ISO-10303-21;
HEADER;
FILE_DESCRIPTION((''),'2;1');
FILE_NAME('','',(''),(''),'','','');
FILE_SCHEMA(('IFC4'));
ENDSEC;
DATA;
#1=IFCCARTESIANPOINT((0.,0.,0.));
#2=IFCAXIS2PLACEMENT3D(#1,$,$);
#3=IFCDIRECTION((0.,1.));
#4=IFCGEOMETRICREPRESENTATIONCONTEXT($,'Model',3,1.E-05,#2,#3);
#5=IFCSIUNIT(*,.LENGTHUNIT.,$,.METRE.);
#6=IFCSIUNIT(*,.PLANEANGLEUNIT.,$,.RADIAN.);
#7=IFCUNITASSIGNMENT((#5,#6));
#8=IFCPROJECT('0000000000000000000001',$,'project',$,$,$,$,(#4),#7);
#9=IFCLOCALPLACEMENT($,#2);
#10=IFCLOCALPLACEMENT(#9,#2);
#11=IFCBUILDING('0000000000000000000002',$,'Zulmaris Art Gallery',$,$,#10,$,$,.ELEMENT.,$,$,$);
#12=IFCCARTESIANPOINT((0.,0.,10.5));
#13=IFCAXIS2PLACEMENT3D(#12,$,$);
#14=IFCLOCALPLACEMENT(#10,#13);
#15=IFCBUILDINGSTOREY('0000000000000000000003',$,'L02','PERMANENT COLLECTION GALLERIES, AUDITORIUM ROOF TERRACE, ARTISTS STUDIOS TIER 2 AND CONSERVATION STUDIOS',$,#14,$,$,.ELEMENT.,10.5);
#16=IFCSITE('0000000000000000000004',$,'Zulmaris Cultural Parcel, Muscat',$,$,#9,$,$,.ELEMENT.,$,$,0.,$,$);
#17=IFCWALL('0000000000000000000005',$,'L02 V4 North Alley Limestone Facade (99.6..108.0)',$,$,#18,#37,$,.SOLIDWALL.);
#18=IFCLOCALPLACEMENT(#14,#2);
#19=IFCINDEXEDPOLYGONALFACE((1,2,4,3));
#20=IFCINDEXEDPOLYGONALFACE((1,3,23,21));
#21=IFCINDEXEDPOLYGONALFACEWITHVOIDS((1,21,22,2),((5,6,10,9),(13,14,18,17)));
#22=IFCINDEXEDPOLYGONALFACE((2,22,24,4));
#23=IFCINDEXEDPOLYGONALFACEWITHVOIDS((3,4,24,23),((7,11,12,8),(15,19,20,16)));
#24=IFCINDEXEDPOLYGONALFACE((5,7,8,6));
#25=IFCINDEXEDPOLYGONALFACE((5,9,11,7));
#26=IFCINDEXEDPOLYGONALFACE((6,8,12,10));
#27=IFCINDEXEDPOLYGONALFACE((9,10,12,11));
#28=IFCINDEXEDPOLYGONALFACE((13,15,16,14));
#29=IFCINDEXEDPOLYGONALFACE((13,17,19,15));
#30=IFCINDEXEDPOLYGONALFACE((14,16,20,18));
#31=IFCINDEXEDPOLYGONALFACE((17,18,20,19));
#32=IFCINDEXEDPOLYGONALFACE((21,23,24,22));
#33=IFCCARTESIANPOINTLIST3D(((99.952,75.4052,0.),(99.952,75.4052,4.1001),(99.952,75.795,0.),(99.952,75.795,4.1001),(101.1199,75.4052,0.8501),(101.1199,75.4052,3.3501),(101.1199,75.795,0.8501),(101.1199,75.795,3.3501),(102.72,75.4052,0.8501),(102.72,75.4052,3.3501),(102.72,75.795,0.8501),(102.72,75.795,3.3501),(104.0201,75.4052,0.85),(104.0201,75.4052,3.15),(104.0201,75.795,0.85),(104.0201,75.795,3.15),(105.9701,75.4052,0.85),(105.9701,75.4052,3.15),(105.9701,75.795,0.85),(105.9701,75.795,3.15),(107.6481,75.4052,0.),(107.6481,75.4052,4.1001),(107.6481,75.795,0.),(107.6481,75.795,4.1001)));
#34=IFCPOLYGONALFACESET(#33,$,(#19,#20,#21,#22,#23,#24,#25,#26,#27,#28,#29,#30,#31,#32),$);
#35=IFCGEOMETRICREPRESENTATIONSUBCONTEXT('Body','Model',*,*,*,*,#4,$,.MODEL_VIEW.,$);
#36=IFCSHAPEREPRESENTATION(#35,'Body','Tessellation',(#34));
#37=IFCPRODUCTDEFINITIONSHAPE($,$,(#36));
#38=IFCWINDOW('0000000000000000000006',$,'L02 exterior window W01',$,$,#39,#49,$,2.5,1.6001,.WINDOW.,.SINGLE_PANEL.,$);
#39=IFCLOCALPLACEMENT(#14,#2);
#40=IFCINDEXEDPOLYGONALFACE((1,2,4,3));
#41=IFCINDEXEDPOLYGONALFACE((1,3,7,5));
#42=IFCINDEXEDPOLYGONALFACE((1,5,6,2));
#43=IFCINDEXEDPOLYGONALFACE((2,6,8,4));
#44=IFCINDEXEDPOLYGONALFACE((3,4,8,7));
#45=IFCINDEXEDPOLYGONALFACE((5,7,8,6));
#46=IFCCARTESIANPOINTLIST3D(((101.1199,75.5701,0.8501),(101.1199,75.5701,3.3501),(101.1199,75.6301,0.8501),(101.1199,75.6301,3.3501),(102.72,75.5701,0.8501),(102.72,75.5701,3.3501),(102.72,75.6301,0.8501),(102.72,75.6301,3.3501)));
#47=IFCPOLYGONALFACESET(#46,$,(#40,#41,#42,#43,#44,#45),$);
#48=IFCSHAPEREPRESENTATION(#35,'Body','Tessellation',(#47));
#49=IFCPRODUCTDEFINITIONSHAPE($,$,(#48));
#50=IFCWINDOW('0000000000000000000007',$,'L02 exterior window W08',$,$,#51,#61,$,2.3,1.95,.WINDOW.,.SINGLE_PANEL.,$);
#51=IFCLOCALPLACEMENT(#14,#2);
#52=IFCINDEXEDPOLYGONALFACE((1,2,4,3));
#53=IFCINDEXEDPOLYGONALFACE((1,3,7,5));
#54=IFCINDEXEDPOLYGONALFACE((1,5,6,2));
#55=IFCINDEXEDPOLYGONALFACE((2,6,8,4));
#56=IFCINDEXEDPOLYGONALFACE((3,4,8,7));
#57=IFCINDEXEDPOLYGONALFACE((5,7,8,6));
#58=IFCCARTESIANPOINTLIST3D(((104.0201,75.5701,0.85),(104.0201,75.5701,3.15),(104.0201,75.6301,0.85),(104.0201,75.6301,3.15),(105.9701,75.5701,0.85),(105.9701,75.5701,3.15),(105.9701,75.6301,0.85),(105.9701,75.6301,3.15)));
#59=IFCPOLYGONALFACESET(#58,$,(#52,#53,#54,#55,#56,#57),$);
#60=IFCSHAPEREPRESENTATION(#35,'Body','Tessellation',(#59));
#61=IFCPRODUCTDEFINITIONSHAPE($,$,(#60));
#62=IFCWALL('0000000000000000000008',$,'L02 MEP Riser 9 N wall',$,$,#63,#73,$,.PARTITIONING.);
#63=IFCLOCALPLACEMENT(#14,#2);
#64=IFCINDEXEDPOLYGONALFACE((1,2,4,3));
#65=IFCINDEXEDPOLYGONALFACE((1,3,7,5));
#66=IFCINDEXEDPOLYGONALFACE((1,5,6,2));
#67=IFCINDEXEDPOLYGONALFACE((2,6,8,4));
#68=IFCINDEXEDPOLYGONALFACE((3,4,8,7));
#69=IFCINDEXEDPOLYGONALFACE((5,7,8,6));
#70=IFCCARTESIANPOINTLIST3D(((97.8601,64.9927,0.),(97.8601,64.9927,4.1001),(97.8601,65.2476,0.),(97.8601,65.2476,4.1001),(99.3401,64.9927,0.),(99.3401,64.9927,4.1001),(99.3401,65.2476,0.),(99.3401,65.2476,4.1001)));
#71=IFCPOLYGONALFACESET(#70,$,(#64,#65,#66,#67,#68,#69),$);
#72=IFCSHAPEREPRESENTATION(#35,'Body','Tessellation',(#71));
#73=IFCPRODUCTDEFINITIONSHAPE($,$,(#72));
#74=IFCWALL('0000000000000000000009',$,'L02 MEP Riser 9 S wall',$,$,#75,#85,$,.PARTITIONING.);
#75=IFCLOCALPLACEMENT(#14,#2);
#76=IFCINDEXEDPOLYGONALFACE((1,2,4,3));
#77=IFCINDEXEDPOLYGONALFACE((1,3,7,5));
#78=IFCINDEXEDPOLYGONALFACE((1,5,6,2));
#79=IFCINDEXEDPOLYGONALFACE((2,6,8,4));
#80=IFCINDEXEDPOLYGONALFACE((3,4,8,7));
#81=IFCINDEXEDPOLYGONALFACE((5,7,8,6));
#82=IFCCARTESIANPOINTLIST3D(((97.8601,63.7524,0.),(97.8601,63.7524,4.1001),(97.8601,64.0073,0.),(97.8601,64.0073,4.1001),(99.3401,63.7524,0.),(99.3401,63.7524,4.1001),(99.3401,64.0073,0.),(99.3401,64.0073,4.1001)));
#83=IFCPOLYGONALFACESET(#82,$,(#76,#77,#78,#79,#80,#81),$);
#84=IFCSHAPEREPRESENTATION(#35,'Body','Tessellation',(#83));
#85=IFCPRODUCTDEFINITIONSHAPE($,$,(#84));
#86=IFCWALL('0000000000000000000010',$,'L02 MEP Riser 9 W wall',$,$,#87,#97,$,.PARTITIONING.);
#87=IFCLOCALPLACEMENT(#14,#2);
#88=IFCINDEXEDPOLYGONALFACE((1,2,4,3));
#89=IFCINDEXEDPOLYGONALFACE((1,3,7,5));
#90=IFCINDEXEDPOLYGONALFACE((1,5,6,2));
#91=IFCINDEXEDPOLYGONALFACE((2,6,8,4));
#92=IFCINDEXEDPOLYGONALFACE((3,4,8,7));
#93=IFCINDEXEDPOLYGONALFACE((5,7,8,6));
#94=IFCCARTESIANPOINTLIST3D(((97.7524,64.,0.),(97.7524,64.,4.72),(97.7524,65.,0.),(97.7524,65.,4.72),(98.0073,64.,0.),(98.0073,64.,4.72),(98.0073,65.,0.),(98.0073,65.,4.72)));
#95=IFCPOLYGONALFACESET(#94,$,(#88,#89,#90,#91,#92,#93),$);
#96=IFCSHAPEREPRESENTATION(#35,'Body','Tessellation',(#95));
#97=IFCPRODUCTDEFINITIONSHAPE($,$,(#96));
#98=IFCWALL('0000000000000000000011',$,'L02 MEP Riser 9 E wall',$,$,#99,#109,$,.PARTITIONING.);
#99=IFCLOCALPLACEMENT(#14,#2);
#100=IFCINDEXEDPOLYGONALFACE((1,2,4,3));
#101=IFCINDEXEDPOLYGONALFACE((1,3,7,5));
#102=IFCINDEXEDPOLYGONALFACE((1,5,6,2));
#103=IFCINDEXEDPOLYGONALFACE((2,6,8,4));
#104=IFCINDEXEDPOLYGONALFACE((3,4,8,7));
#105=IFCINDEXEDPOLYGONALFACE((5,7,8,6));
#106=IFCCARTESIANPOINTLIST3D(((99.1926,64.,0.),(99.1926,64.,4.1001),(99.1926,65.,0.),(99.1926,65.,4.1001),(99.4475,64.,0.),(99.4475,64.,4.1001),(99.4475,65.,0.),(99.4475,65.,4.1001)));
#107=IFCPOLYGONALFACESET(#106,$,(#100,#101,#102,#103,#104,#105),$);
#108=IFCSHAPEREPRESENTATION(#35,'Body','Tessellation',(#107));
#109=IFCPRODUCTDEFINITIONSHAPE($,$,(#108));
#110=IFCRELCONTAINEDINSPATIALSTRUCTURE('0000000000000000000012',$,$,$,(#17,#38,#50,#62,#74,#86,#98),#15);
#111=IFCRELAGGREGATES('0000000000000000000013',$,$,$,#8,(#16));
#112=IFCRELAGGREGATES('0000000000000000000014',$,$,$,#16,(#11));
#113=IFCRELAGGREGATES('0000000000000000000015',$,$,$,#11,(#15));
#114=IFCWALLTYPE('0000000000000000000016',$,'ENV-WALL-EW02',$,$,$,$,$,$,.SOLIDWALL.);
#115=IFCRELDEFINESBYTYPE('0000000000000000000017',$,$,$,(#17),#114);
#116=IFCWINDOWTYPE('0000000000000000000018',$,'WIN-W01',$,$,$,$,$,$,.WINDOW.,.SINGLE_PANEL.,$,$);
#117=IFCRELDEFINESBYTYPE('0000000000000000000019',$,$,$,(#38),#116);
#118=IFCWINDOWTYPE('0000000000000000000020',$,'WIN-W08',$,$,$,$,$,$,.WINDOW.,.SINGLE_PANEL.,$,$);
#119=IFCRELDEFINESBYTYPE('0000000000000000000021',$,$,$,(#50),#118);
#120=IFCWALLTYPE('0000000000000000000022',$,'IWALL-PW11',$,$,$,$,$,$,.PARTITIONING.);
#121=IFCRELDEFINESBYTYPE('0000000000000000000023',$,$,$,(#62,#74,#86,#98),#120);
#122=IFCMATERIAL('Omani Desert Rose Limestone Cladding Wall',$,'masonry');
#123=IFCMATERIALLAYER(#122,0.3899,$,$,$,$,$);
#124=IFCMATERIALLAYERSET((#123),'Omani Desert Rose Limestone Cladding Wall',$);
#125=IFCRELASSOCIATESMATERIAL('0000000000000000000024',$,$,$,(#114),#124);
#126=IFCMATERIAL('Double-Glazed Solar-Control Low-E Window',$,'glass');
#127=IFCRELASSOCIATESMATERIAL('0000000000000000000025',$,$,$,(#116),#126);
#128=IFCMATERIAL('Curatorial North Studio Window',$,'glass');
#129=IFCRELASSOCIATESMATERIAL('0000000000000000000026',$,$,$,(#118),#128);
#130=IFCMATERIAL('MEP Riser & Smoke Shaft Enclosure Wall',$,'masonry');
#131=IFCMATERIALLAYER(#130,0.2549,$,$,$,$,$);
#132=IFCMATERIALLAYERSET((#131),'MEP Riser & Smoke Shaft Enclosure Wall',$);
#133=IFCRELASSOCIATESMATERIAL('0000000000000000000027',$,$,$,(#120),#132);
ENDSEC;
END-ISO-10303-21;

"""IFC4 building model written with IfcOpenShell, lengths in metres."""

from ifc_helpers import new_model, si_unit, direction, frame, frame_2d, origin, place, context, subcontext, project, spatial, rectangle, extrude, material, layer, layer_set, type_object, element, fill, save


model = new_model("IFC4")

# Units and contexts
model_context = context("Model", 3, precision=1e-05, world=origin(), true_north=direction((0.0, 1.0)))
body_context = subcontext(model_context, "Body", "Model", "MODEL_VIEW")
ifc_project = project(units=[si_unit("LENGTHUNIT", "METRE"), si_unit("PLANEANGLEUNIT", "RADIAN")], contexts=[model_context])

# Site, building, storey
site_placement = place(None, origin())
site = spatial("IfcSite", under=ifc_project, at=site_placement, Name="Zulmaris Cultural Parcel, Muscat", CompositionType="ELEMENT", RefElevation=0.0)
building_placement = place(site_placement, origin())
building = spatial("IfcBuilding", under=site, at=building_placement, Name="Zulmaris Art Gallery", CompositionType="ELEMENT")
storey_placement = place(building_placement, frame((0.0, 0.0, 10.5)))
storey = spatial("IfcBuildingStorey", under=building, at=storey_placement, Name="L02", Description="PERMANENT COLLECTION GALLERIES, AUDITORIUM ROOF TERRACE, ARTISTS STUDIOS TIER 2 AND CONSERVATION STUDIOS", CompositionType="ELEMENT", Elevation=10.5)

# Wall, openings, windows
ifc_material_1 = material(Name="Omani Desert Rose Limestone Cladding Wall", Category="masonry")
ifc_layer_1 = layer(ifc_material_1, 0.3899)
ifc_layer_set_1 = layer_set([ifc_layer_1], Name="Omani Desert Rose Limestone Cladding Wall")
wall_type_1 = type_object("IfcWallType", Name="ENV-WALL-EW02", PredefinedType="SOLIDWALL", material=ifc_layer_set_1)
ifc_material_2 = material(Name="Double-Glazed Solar-Control Low-E Window", Category="glass")
window_type_1 = type_object("IfcWindowType", Name="WIN-W01", PartitioningType="SINGLE_PANEL", PredefinedType="WINDOW", material=ifc_material_2)
ifc_material_3 = material(Name="Curatorial North Studio Window", Category="glass")
window_type_2 = type_object("IfcWindowType", Name="WIN-W08", PartitioningType="SINGLE_PANEL", PredefinedType="WINDOW", material=ifc_material_3)
wall_1_placement = place(storey_placement, frame((99.9519, 75.6001, 0.0), z_axis=(0.0, 0.0, 1.0), x_axis=(1.0, 0.0, 0.0)))
wall_1 = element("IfcWall", 1, at=wall_1_placement, inside=storey, type_object=wall_type_1, Name="L02 V4 North Alley Limestone Facade (99.6..108.0)", PredefinedType="SOLIDWALL", context=body_context, shape_type="SweptSolid", body=[
    extrude(rectangle(XDim=7.696, YDim=0.3899, at=frame_2d((3.8481, 0.0))), origin(), (0.0, 0.0, 1.0), 4.1001),
])
opening_1_placement = place(wall_1_placement, frame((1.168, 0.0, 0.8501)))
opening_1 = element("IfcOpeningElement", 2, at=opening_1_placement, cuts=wall_1, PredefinedType="OPENING", context=body_context, shape_type="SweptSolid", body=[
    extrude(rectangle(XDim=1.6001, YDim=2.5, at=frame_2d((0.8, 1.25))), frame((0.0, 0.2048, 0.0), z_axis=(0.0, -1.0, 0.0), x_axis=(1.0, 0.0, 0.0)), (0.0, 0.0, 1.0), 0.4099),
])
opening_2_placement = place(wall_1_placement, frame((4.0681, 0.0, 0.8501)))
opening_2 = element("IfcOpeningElement", 3, at=opening_2_placement, cuts=wall_1, PredefinedType="OPENING", context=body_context, shape_type="SweptSolid", body=[
    extrude(rectangle(XDim=1.95, YDim=2.3, at=frame_2d((0.9751, 1.1499))), frame((0.0, 0.2048, 0.0), z_axis=(0.0, -1.0, 0.0), x_axis=(1.0, 0.0, 0.0)), (0.0, 0.0, 1.0), 0.4099),
])
window_1_placement = place(opening_1_placement, origin())
window_1 = element("IfcWindow", 4, at=window_1_placement, inside=storey, type_object=window_type_1, Name="L02 exterior window W01", OverallHeight=2.5, OverallWidth=1.6001, PartitioningType="SINGLE_PANEL", PredefinedType="WINDOW", context=body_context, shape_type="SweptSolid", body=[
    extrude(rectangle(XDim=1.6001, YDim=2.5, at=frame_2d((0.8, 1.25))), frame((0.0, 0.03, 0.0), z_axis=(0.0, -1.0, 0.0), x_axis=(1.0, 0.0, 0.0)), (0.0, 0.0, 1.0), 0.0601),
])
fill(opening_1, window_1)
window_2_placement = place(opening_2_placement, origin())
window_2 = element("IfcWindow", 5, at=window_2_placement, inside=storey, type_object=window_type_2, Name="L02 exterior window W08", OverallHeight=2.3, OverallWidth=1.95, PartitioningType="SINGLE_PANEL", PredefinedType="WINDOW", context=body_context, shape_type="SweptSolid", body=[
    extrude(rectangle(XDim=1.95, YDim=2.3, at=frame_2d((0.9751, 1.1499))), frame((0.0, 0.03, 0.0), z_axis=(0.0, -1.0, 0.0), x_axis=(1.0, 0.0, 0.0)), (0.0, 0.0, 1.0), 0.0601),
])
fill(opening_2, window_2)

# Walls
ifc_material_4 = material(Name="MEP Riser & Smoke Shaft Enclosure Wall", Category="masonry")
ifc_layer_2 = layer(ifc_material_4, 0.2549)
ifc_layer_set_2 = layer_set([ifc_layer_2], Name="MEP Riser & Smoke Shaft Enclosure Wall")
wall_type_2 = type_object("IfcWallType", Name="IWALL-PW11", PredefinedType="PARTITIONING", material=ifc_layer_set_2)
for number, where, z_axis, x_axis, name in (
    (6, (97.8601, 65.1201, 0.0), (0.0, 0.0, 1.0), (1.0, 0.0, 0.0), "L02 MEP Riser 9 N wall"),
    (7, (97.8601, 63.8799, 0.0), (0.0, 0.0, 1.0), (1.0, 0.0, 0.0), "L02 MEP Riser 9 S wall"),
):
    element("IfcWall", number, at=place(storey_placement, frame(where, z_axis=z_axis, x_axis=x_axis)), inside=storey, type_object=wall_type_2, Name=name, PredefinedType="PARTITIONING", context=body_context, shape_type="SweptSolid", body=[
        extrude(rectangle(XDim=1.48, YDim=0.2549, at=frame_2d((0.74, 0.0))), origin(), (0.0, 0.0, 1.0), 4.1001),
    ])
wall_2_placement = place(storey_placement, frame((97.8799, 64.0, 0.0), z_axis=(0.0, 0.0, 1.0), x_axis=(0.0, 1.0, 0.0)))
element("IfcWall", 8, at=wall_2_placement, inside=storey, type_object=wall_type_2, Name="L02 MEP Riser 9 W wall", PredefinedType="PARTITIONING", context=body_context, shape_type="SweptSolid", body=[
    extrude(rectangle(XDim=1.0, YDim=0.2549, at=frame_2d((0.5, 0.0))), origin(), (0.0, 0.0, 1.0), 4.72),
])
wall_3_placement = place(storey_placement, frame((99.3201, 64.0, 0.0), z_axis=(0.0, 0.0, 1.0), x_axis=(0.0, 1.0, 0.0)))
element("IfcWall", 9, at=wall_3_placement, inside=storey, type_object=wall_type_2, Name="L02 MEP Riser 9 E wall", PredefinedType="PARTITIONING", context=body_context, shape_type="SweptSolid", body=[
    extrude(rectangle(XDim=1.0, YDim=0.2549, at=frame_2d((0.5, 0.0))), origin(), (0.0, 0.0, 1.0), 4.1001),
])

save(model, "model.ifc")
